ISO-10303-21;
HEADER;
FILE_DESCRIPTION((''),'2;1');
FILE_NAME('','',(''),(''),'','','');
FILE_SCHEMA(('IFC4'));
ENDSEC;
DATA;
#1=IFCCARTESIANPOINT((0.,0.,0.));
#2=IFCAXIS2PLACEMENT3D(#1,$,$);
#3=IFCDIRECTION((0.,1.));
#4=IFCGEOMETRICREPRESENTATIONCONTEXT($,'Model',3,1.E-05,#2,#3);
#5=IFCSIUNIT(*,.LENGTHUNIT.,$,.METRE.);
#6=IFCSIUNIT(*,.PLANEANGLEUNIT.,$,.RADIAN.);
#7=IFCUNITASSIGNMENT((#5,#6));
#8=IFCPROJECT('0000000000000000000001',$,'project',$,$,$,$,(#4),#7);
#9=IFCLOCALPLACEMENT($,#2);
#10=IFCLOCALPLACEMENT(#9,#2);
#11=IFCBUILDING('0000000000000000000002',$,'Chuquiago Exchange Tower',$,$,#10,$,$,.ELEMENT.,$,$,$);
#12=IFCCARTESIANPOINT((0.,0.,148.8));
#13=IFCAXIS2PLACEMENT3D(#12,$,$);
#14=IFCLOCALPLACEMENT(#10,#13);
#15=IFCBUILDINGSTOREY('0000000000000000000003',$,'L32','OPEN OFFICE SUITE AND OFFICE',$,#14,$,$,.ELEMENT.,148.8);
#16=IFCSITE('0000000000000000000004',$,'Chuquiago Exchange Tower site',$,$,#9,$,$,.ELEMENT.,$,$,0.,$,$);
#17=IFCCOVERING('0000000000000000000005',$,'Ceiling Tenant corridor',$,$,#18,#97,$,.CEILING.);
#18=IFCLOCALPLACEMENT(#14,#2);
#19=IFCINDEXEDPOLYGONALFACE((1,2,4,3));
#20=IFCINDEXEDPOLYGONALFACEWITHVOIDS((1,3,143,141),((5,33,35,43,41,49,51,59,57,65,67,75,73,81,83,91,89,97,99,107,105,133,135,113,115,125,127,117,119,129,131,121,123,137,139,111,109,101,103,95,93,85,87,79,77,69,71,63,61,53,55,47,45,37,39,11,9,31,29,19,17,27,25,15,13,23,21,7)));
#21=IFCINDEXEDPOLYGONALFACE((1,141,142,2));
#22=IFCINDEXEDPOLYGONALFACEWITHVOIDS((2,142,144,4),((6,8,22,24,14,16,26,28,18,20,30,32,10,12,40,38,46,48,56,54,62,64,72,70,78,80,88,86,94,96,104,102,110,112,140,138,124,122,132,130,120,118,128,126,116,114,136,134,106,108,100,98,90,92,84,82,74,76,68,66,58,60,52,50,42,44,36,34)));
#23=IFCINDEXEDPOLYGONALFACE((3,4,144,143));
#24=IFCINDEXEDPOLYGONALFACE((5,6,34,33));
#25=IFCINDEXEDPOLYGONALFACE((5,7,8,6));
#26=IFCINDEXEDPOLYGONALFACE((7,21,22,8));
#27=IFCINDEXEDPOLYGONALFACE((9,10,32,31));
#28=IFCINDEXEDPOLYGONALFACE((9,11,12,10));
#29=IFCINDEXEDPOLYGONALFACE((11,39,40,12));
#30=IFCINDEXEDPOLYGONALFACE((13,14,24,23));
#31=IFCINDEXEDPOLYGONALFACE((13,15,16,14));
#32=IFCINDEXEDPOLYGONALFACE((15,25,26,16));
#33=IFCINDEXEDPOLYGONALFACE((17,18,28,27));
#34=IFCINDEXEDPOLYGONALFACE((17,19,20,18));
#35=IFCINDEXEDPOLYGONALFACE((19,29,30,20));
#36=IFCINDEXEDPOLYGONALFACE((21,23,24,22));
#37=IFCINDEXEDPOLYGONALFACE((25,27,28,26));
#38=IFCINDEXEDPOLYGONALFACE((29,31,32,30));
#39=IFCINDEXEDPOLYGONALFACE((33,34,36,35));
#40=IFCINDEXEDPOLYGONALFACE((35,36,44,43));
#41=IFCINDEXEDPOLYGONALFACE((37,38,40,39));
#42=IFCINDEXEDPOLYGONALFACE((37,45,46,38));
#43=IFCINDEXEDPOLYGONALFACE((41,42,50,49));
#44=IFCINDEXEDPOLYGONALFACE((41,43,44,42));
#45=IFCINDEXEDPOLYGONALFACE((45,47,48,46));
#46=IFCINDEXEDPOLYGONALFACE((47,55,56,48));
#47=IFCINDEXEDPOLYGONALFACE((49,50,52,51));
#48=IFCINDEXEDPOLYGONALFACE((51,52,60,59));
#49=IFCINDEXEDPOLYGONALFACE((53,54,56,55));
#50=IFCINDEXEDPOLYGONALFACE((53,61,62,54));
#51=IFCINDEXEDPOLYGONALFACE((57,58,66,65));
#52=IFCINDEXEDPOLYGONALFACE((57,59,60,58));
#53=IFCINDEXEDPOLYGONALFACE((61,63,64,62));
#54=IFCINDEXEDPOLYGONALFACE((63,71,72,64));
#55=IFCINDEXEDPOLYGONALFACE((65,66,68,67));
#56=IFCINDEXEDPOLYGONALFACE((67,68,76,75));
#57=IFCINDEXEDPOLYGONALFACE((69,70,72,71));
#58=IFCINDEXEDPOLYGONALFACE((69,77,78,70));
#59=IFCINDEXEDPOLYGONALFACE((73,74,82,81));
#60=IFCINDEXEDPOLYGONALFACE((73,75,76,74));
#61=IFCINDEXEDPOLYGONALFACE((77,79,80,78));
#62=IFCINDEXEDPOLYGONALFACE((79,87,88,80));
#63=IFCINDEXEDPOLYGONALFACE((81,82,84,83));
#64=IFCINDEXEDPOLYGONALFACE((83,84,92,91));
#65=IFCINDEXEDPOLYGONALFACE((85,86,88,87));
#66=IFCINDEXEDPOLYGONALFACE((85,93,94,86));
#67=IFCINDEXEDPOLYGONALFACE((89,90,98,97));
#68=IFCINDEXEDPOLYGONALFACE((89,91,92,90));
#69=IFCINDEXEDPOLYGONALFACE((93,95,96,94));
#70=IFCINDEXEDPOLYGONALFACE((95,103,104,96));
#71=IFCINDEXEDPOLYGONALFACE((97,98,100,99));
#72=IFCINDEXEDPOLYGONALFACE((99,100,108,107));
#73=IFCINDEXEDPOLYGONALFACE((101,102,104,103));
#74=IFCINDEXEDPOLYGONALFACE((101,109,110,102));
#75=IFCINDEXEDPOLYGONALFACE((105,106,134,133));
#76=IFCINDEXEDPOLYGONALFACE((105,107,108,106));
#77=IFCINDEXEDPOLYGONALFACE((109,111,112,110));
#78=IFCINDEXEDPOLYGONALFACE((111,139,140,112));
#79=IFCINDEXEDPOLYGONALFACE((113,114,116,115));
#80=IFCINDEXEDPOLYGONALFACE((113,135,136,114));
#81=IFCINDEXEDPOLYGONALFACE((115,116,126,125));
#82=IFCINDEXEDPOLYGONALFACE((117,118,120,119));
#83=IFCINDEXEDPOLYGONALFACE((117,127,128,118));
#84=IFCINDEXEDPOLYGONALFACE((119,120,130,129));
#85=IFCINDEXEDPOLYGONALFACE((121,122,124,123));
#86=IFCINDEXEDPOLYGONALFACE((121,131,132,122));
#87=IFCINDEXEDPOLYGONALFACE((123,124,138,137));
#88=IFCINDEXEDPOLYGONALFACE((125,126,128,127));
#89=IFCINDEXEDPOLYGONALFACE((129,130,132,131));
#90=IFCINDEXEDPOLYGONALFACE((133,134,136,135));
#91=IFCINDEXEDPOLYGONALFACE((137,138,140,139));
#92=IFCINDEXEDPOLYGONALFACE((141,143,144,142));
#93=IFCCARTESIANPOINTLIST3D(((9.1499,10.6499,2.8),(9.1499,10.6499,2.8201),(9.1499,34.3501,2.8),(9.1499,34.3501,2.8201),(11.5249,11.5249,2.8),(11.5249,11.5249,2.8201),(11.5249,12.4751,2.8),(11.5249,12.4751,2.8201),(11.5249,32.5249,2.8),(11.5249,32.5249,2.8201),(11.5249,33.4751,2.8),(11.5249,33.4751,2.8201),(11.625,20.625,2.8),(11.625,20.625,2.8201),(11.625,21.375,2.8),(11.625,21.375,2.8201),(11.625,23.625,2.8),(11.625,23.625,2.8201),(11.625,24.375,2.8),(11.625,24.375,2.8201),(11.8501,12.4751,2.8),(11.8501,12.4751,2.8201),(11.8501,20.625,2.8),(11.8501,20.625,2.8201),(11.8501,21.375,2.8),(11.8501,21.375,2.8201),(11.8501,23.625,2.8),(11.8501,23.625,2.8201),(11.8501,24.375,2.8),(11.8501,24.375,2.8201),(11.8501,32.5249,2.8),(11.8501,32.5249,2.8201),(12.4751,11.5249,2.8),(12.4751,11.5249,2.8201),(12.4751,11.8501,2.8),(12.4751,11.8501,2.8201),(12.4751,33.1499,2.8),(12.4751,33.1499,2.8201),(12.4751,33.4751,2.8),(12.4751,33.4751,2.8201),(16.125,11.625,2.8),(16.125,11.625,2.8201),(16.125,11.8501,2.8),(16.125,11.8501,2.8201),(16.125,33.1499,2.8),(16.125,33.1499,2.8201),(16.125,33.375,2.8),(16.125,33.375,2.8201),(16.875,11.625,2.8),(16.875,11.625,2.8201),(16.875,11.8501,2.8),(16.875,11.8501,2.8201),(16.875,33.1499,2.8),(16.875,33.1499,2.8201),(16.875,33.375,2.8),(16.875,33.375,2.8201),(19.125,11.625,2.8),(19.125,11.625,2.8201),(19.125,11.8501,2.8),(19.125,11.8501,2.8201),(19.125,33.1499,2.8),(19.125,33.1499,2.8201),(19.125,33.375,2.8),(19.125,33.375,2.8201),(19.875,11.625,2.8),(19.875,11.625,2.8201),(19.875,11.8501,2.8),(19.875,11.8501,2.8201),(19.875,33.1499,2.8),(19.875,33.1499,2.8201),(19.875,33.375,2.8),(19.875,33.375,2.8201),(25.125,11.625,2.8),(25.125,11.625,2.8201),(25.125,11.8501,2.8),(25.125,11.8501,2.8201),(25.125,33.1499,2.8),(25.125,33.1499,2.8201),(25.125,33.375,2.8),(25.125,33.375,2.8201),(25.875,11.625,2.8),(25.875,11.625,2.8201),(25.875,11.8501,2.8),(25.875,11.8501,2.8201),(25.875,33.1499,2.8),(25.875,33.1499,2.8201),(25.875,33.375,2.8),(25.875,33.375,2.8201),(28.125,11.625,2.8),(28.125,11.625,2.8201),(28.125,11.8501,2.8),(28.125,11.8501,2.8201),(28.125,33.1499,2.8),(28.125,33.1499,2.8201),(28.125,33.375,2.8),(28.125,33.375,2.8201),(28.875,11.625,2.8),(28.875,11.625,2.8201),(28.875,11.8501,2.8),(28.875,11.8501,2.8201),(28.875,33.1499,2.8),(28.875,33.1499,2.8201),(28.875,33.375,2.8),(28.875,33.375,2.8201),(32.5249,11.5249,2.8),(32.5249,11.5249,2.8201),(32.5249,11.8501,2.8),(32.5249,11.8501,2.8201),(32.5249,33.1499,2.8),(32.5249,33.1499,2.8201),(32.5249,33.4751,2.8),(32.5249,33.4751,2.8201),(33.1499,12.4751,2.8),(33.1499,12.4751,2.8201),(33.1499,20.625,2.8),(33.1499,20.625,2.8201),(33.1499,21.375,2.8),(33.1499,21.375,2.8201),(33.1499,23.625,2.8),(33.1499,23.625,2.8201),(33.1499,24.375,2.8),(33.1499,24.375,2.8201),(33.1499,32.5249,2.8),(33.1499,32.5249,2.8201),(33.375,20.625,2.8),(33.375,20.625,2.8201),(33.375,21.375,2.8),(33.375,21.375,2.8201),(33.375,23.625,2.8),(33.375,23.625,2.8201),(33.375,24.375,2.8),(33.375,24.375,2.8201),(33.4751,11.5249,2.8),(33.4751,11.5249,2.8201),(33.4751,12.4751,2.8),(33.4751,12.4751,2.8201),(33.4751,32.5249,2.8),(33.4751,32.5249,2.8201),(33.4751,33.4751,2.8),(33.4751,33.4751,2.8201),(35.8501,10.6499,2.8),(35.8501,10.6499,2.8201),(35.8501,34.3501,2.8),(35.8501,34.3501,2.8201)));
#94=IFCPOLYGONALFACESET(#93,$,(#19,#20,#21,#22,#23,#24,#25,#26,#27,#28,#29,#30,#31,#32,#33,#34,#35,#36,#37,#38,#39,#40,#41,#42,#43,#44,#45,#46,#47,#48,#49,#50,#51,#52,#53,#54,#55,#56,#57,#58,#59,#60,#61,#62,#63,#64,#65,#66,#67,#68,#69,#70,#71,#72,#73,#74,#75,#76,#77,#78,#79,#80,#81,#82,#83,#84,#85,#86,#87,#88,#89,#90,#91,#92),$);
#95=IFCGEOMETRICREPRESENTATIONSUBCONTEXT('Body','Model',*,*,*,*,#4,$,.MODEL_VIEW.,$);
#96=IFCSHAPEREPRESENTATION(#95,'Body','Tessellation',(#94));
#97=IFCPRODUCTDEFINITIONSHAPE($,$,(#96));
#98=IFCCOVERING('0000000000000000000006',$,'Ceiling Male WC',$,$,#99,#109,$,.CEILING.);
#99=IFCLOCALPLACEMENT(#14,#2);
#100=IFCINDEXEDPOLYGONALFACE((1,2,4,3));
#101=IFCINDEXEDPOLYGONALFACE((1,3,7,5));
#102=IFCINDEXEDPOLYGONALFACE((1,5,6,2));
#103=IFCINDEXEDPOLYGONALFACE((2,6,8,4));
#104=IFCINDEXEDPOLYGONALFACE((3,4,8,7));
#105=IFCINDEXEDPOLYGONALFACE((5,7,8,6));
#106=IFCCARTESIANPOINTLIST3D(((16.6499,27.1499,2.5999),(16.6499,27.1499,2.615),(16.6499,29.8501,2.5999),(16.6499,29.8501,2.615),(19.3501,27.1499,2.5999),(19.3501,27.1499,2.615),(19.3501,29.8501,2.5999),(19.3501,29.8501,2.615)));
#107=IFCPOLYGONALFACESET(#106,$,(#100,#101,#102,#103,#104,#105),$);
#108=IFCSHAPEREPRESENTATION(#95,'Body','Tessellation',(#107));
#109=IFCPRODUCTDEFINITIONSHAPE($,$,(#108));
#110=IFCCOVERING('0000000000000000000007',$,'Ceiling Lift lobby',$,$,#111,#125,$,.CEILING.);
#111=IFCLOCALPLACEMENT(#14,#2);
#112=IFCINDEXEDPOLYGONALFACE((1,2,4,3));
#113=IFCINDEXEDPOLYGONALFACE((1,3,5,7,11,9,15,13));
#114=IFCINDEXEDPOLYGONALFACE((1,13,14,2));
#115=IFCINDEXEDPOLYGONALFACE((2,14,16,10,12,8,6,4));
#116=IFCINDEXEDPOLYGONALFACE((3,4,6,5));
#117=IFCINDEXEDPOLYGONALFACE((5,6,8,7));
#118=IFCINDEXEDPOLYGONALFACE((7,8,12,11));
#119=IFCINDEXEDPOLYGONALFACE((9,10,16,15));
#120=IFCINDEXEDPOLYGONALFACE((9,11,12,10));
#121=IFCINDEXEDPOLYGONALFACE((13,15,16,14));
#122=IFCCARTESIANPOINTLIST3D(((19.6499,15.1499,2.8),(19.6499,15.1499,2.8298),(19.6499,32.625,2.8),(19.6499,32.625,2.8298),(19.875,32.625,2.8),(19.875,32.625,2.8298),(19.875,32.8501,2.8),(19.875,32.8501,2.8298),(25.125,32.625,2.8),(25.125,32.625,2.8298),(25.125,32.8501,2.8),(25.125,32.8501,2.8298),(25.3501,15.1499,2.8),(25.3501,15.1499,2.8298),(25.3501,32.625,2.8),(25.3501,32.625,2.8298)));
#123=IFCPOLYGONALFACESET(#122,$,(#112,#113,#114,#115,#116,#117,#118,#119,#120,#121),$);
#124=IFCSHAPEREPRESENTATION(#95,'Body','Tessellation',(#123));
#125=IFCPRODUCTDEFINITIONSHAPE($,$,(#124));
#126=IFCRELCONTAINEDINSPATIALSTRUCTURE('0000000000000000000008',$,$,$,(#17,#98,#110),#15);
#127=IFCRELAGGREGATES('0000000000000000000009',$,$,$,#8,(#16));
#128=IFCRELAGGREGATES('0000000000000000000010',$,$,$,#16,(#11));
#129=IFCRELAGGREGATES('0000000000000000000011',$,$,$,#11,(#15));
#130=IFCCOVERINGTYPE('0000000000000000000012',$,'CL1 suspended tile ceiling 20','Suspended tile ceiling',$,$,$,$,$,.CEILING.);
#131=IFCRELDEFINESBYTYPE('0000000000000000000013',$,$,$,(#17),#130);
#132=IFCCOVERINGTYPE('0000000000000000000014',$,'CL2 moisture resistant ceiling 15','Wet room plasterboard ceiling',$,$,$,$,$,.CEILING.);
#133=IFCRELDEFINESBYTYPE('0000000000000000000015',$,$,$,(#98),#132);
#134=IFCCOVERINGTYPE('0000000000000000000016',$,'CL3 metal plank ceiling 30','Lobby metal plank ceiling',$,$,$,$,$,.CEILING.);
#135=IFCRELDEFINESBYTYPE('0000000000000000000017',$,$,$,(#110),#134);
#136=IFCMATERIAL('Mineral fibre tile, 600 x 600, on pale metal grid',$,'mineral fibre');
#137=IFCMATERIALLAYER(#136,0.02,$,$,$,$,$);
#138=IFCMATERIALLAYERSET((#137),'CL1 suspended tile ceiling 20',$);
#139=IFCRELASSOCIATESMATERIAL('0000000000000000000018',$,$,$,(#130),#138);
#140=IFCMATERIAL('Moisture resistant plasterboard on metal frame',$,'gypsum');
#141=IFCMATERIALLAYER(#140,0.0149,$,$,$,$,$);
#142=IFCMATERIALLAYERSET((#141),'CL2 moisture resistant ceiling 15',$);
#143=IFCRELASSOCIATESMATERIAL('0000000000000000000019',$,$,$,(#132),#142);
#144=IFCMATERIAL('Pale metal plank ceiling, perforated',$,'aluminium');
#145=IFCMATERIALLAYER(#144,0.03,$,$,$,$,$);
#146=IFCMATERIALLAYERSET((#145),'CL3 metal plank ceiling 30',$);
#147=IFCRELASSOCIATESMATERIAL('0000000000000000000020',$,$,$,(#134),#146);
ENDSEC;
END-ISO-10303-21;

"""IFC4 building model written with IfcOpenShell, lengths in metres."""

from ifc_helpers import new_model, si_unit, direction, frame, origin, place, context, subcontext, project, spatial, polyline, outline, extrude, material, layer, layer_set, type_object, element, save


model = new_model("IFC4")

# Units and contexts
model_context = context("Model", 3, precision=1e-05, world=origin(), true_north=direction((0.0, 1.0)))
body_context = subcontext(model_context, "Body", "Model", "MODEL_VIEW")
ifc_project = project(units=[si_unit("LENGTHUNIT", "METRE"), si_unit("PLANEANGLEUNIT", "RADIAN")], contexts=[model_context])

# Site, building, storey
site_placement = place(None, origin())
site = spatial("IfcSite", under=ifc_project, at=site_placement, Name="Chuquiago Exchange Tower site", CompositionType="ELEMENT", RefElevation=0.0)
building_placement = place(site_placement, origin())
building = spatial("IfcBuilding", under=site, at=building_placement, Name="Chuquiago Exchange Tower", CompositionType="ELEMENT")
storey_placement = place(building_placement, frame((0.0, 0.0, 148.8)))
storey = spatial("IfcBuildingStorey", under=building, at=storey_placement, Name="L32", Description="OPEN OFFICE SUITE AND OFFICE", CompositionType="ELEMENT", Elevation=148.8)

# Coverings
ifc_material_1 = material(Name="Mineral fibre tile, 600 x 600, on pale metal grid", Category="mineral fibre")
ifc_layer_1 = layer(ifc_material_1, 0.02)
ifc_layer_set_1 = layer_set([ifc_layer_1], Name="CL1 suspended tile ceiling 20")
covering_type_1 = type_object("IfcCoveringType", Name="CL1 suspended tile ceiling 20", Description="Suspended tile ceiling", PredefinedType="CEILING", material=ifc_layer_set_1)
covering_1_placement = place(storey_placement, frame((0.0, 0.0, 2.8)))
element("IfcCovering", 1, at=covering_1_placement, inside=storey, type_object=covering_type_1, Name="Ceiling Tenant corridor", PredefinedType="CEILING", context=body_context, shape_type="SweptSolid", body=[
    extrude(outline(polyline([(9.1499, 34.3501), (35.8501, 34.3501), (35.8501, 10.6499), (9.1499, 10.6499), (9.1499, 34.3501)]), holes=[polyline([(11.8501, 24.375), (11.625, 24.375), (11.625, 23.625), (11.8501, 23.625), (11.8501, 21.375), (11.625, 21.375), (11.625, 20.625), (11.8501, 20.625), (11.8501, 12.4751), (11.5249, 12.4751), (11.5249, 11.5249), (12.4751, 11.5249), (12.4751, 11.8501), (16.125, 11.8501), (16.125, 11.625), (16.875, 11.625), (16.875, 11.8501), (19.125, 11.8501), (19.125, 11.625), (19.875, 11.625), (19.875, 11.8501), (25.125, 11.8501), (25.125, 11.625), (25.875, 11.625), (25.875, 11.8501), (28.125, 11.8501), (28.125, 11.625), (28.875, 11.625), (28.875, 11.8501), (32.5249, 11.8501), (32.5249, 11.5249), (33.4751, 11.5249), (33.4751, 12.4751), (33.1499, 12.4751), (33.1499, 20.625), (33.375, 20.625), (33.375, 21.375), (33.1499, 21.375), (33.1499, 23.625), (33.375, 23.625), (33.375, 24.375), (33.1499, 24.375), (33.1499, 32.5249), (33.4751, 32.5249), (33.4751, 33.4751), (32.5249, 33.4751), (32.5249, 33.1499), (28.875, 33.1499), (28.875, 33.375), (28.125, 33.375), (28.125, 33.1499), (25.875, 33.1499), (25.875, 33.375), (25.125, 33.375), (25.125, 33.1499), (19.875, 33.1499), (19.875, 33.375), (19.125, 33.375), (19.125, 33.1499), (16.875, 33.1499), (16.875, 33.375), (16.125, 33.375), (16.125, 33.1499), (12.4751, 33.1499), (12.4751, 33.4751), (11.5249, 33.4751), (11.5249, 32.5249), (11.8501, 32.5249), (11.8501, 24.375)])]), origin(), (0.0, 0.0, 1.0), 0.02),
])
ifc_material_2 = material(Name="Moisture resistant plasterboard on metal frame", Category="gypsum")
ifc_layer_2 = layer(ifc_material_2, 0.0149)
ifc_layer_set_2 = layer_set([ifc_layer_2], Name="CL2 moisture resistant ceiling 15")
covering_type_2 = type_object("IfcCoveringType", Name="CL2 moisture resistant ceiling 15", Description="Wet room plasterboard ceiling", PredefinedType="CEILING", material=ifc_layer_set_2)
covering_2_placement = place(storey_placement, frame((0.0, 0.0, 2.5999)))
element("IfcCovering", 2, at=covering_2_placement, inside=storey, type_object=covering_type_2, Name="Ceiling Male WC", PredefinedType="CEILING", context=body_context, shape_type="SweptSolid", body=[
    extrude(outline(polyline([(16.6499, 27.1499), (16.6499, 29.8501), (19.3501, 29.8501), (19.3501, 27.1499), (16.6499, 27.1499)])), origin(), (0.0, 0.0, 1.0), 0.0151),
])
ifc_material_3 = material(Name="Pale metal plank ceiling, perforated", Category="aluminium")
ifc_layer_3 = layer(ifc_material_3, 0.03)
ifc_layer_set_3 = layer_set([ifc_layer_3], Name="CL3 metal plank ceiling 30")
covering_type_3 = type_object("IfcCoveringType", Name="CL3 metal plank ceiling 30", Description="Lobby metal plank ceiling", PredefinedType="CEILING", material=ifc_layer_set_3)
covering_3_placement = place(storey_placement, frame((0.0, 0.0, 2.8)))
element("IfcCovering", 3, at=covering_3_placement, inside=storey, type_object=covering_type_3, Name="Ceiling Lift lobby", PredefinedType="CEILING", context=body_context, shape_type="SweptSolid", body=[
    extrude(outline(polyline([(19.6499, 15.1499), (19.6499, 32.625), (19.875, 32.625), (19.875, 32.8501), (25.125, 32.8501), (25.125, 32.625), (25.3501, 32.625), (25.3501, 15.1499), (19.6499, 15.1499)])), origin(), (0.0, 0.0, 1.0), 0.0298),
])

save(model, "model.ifc")
